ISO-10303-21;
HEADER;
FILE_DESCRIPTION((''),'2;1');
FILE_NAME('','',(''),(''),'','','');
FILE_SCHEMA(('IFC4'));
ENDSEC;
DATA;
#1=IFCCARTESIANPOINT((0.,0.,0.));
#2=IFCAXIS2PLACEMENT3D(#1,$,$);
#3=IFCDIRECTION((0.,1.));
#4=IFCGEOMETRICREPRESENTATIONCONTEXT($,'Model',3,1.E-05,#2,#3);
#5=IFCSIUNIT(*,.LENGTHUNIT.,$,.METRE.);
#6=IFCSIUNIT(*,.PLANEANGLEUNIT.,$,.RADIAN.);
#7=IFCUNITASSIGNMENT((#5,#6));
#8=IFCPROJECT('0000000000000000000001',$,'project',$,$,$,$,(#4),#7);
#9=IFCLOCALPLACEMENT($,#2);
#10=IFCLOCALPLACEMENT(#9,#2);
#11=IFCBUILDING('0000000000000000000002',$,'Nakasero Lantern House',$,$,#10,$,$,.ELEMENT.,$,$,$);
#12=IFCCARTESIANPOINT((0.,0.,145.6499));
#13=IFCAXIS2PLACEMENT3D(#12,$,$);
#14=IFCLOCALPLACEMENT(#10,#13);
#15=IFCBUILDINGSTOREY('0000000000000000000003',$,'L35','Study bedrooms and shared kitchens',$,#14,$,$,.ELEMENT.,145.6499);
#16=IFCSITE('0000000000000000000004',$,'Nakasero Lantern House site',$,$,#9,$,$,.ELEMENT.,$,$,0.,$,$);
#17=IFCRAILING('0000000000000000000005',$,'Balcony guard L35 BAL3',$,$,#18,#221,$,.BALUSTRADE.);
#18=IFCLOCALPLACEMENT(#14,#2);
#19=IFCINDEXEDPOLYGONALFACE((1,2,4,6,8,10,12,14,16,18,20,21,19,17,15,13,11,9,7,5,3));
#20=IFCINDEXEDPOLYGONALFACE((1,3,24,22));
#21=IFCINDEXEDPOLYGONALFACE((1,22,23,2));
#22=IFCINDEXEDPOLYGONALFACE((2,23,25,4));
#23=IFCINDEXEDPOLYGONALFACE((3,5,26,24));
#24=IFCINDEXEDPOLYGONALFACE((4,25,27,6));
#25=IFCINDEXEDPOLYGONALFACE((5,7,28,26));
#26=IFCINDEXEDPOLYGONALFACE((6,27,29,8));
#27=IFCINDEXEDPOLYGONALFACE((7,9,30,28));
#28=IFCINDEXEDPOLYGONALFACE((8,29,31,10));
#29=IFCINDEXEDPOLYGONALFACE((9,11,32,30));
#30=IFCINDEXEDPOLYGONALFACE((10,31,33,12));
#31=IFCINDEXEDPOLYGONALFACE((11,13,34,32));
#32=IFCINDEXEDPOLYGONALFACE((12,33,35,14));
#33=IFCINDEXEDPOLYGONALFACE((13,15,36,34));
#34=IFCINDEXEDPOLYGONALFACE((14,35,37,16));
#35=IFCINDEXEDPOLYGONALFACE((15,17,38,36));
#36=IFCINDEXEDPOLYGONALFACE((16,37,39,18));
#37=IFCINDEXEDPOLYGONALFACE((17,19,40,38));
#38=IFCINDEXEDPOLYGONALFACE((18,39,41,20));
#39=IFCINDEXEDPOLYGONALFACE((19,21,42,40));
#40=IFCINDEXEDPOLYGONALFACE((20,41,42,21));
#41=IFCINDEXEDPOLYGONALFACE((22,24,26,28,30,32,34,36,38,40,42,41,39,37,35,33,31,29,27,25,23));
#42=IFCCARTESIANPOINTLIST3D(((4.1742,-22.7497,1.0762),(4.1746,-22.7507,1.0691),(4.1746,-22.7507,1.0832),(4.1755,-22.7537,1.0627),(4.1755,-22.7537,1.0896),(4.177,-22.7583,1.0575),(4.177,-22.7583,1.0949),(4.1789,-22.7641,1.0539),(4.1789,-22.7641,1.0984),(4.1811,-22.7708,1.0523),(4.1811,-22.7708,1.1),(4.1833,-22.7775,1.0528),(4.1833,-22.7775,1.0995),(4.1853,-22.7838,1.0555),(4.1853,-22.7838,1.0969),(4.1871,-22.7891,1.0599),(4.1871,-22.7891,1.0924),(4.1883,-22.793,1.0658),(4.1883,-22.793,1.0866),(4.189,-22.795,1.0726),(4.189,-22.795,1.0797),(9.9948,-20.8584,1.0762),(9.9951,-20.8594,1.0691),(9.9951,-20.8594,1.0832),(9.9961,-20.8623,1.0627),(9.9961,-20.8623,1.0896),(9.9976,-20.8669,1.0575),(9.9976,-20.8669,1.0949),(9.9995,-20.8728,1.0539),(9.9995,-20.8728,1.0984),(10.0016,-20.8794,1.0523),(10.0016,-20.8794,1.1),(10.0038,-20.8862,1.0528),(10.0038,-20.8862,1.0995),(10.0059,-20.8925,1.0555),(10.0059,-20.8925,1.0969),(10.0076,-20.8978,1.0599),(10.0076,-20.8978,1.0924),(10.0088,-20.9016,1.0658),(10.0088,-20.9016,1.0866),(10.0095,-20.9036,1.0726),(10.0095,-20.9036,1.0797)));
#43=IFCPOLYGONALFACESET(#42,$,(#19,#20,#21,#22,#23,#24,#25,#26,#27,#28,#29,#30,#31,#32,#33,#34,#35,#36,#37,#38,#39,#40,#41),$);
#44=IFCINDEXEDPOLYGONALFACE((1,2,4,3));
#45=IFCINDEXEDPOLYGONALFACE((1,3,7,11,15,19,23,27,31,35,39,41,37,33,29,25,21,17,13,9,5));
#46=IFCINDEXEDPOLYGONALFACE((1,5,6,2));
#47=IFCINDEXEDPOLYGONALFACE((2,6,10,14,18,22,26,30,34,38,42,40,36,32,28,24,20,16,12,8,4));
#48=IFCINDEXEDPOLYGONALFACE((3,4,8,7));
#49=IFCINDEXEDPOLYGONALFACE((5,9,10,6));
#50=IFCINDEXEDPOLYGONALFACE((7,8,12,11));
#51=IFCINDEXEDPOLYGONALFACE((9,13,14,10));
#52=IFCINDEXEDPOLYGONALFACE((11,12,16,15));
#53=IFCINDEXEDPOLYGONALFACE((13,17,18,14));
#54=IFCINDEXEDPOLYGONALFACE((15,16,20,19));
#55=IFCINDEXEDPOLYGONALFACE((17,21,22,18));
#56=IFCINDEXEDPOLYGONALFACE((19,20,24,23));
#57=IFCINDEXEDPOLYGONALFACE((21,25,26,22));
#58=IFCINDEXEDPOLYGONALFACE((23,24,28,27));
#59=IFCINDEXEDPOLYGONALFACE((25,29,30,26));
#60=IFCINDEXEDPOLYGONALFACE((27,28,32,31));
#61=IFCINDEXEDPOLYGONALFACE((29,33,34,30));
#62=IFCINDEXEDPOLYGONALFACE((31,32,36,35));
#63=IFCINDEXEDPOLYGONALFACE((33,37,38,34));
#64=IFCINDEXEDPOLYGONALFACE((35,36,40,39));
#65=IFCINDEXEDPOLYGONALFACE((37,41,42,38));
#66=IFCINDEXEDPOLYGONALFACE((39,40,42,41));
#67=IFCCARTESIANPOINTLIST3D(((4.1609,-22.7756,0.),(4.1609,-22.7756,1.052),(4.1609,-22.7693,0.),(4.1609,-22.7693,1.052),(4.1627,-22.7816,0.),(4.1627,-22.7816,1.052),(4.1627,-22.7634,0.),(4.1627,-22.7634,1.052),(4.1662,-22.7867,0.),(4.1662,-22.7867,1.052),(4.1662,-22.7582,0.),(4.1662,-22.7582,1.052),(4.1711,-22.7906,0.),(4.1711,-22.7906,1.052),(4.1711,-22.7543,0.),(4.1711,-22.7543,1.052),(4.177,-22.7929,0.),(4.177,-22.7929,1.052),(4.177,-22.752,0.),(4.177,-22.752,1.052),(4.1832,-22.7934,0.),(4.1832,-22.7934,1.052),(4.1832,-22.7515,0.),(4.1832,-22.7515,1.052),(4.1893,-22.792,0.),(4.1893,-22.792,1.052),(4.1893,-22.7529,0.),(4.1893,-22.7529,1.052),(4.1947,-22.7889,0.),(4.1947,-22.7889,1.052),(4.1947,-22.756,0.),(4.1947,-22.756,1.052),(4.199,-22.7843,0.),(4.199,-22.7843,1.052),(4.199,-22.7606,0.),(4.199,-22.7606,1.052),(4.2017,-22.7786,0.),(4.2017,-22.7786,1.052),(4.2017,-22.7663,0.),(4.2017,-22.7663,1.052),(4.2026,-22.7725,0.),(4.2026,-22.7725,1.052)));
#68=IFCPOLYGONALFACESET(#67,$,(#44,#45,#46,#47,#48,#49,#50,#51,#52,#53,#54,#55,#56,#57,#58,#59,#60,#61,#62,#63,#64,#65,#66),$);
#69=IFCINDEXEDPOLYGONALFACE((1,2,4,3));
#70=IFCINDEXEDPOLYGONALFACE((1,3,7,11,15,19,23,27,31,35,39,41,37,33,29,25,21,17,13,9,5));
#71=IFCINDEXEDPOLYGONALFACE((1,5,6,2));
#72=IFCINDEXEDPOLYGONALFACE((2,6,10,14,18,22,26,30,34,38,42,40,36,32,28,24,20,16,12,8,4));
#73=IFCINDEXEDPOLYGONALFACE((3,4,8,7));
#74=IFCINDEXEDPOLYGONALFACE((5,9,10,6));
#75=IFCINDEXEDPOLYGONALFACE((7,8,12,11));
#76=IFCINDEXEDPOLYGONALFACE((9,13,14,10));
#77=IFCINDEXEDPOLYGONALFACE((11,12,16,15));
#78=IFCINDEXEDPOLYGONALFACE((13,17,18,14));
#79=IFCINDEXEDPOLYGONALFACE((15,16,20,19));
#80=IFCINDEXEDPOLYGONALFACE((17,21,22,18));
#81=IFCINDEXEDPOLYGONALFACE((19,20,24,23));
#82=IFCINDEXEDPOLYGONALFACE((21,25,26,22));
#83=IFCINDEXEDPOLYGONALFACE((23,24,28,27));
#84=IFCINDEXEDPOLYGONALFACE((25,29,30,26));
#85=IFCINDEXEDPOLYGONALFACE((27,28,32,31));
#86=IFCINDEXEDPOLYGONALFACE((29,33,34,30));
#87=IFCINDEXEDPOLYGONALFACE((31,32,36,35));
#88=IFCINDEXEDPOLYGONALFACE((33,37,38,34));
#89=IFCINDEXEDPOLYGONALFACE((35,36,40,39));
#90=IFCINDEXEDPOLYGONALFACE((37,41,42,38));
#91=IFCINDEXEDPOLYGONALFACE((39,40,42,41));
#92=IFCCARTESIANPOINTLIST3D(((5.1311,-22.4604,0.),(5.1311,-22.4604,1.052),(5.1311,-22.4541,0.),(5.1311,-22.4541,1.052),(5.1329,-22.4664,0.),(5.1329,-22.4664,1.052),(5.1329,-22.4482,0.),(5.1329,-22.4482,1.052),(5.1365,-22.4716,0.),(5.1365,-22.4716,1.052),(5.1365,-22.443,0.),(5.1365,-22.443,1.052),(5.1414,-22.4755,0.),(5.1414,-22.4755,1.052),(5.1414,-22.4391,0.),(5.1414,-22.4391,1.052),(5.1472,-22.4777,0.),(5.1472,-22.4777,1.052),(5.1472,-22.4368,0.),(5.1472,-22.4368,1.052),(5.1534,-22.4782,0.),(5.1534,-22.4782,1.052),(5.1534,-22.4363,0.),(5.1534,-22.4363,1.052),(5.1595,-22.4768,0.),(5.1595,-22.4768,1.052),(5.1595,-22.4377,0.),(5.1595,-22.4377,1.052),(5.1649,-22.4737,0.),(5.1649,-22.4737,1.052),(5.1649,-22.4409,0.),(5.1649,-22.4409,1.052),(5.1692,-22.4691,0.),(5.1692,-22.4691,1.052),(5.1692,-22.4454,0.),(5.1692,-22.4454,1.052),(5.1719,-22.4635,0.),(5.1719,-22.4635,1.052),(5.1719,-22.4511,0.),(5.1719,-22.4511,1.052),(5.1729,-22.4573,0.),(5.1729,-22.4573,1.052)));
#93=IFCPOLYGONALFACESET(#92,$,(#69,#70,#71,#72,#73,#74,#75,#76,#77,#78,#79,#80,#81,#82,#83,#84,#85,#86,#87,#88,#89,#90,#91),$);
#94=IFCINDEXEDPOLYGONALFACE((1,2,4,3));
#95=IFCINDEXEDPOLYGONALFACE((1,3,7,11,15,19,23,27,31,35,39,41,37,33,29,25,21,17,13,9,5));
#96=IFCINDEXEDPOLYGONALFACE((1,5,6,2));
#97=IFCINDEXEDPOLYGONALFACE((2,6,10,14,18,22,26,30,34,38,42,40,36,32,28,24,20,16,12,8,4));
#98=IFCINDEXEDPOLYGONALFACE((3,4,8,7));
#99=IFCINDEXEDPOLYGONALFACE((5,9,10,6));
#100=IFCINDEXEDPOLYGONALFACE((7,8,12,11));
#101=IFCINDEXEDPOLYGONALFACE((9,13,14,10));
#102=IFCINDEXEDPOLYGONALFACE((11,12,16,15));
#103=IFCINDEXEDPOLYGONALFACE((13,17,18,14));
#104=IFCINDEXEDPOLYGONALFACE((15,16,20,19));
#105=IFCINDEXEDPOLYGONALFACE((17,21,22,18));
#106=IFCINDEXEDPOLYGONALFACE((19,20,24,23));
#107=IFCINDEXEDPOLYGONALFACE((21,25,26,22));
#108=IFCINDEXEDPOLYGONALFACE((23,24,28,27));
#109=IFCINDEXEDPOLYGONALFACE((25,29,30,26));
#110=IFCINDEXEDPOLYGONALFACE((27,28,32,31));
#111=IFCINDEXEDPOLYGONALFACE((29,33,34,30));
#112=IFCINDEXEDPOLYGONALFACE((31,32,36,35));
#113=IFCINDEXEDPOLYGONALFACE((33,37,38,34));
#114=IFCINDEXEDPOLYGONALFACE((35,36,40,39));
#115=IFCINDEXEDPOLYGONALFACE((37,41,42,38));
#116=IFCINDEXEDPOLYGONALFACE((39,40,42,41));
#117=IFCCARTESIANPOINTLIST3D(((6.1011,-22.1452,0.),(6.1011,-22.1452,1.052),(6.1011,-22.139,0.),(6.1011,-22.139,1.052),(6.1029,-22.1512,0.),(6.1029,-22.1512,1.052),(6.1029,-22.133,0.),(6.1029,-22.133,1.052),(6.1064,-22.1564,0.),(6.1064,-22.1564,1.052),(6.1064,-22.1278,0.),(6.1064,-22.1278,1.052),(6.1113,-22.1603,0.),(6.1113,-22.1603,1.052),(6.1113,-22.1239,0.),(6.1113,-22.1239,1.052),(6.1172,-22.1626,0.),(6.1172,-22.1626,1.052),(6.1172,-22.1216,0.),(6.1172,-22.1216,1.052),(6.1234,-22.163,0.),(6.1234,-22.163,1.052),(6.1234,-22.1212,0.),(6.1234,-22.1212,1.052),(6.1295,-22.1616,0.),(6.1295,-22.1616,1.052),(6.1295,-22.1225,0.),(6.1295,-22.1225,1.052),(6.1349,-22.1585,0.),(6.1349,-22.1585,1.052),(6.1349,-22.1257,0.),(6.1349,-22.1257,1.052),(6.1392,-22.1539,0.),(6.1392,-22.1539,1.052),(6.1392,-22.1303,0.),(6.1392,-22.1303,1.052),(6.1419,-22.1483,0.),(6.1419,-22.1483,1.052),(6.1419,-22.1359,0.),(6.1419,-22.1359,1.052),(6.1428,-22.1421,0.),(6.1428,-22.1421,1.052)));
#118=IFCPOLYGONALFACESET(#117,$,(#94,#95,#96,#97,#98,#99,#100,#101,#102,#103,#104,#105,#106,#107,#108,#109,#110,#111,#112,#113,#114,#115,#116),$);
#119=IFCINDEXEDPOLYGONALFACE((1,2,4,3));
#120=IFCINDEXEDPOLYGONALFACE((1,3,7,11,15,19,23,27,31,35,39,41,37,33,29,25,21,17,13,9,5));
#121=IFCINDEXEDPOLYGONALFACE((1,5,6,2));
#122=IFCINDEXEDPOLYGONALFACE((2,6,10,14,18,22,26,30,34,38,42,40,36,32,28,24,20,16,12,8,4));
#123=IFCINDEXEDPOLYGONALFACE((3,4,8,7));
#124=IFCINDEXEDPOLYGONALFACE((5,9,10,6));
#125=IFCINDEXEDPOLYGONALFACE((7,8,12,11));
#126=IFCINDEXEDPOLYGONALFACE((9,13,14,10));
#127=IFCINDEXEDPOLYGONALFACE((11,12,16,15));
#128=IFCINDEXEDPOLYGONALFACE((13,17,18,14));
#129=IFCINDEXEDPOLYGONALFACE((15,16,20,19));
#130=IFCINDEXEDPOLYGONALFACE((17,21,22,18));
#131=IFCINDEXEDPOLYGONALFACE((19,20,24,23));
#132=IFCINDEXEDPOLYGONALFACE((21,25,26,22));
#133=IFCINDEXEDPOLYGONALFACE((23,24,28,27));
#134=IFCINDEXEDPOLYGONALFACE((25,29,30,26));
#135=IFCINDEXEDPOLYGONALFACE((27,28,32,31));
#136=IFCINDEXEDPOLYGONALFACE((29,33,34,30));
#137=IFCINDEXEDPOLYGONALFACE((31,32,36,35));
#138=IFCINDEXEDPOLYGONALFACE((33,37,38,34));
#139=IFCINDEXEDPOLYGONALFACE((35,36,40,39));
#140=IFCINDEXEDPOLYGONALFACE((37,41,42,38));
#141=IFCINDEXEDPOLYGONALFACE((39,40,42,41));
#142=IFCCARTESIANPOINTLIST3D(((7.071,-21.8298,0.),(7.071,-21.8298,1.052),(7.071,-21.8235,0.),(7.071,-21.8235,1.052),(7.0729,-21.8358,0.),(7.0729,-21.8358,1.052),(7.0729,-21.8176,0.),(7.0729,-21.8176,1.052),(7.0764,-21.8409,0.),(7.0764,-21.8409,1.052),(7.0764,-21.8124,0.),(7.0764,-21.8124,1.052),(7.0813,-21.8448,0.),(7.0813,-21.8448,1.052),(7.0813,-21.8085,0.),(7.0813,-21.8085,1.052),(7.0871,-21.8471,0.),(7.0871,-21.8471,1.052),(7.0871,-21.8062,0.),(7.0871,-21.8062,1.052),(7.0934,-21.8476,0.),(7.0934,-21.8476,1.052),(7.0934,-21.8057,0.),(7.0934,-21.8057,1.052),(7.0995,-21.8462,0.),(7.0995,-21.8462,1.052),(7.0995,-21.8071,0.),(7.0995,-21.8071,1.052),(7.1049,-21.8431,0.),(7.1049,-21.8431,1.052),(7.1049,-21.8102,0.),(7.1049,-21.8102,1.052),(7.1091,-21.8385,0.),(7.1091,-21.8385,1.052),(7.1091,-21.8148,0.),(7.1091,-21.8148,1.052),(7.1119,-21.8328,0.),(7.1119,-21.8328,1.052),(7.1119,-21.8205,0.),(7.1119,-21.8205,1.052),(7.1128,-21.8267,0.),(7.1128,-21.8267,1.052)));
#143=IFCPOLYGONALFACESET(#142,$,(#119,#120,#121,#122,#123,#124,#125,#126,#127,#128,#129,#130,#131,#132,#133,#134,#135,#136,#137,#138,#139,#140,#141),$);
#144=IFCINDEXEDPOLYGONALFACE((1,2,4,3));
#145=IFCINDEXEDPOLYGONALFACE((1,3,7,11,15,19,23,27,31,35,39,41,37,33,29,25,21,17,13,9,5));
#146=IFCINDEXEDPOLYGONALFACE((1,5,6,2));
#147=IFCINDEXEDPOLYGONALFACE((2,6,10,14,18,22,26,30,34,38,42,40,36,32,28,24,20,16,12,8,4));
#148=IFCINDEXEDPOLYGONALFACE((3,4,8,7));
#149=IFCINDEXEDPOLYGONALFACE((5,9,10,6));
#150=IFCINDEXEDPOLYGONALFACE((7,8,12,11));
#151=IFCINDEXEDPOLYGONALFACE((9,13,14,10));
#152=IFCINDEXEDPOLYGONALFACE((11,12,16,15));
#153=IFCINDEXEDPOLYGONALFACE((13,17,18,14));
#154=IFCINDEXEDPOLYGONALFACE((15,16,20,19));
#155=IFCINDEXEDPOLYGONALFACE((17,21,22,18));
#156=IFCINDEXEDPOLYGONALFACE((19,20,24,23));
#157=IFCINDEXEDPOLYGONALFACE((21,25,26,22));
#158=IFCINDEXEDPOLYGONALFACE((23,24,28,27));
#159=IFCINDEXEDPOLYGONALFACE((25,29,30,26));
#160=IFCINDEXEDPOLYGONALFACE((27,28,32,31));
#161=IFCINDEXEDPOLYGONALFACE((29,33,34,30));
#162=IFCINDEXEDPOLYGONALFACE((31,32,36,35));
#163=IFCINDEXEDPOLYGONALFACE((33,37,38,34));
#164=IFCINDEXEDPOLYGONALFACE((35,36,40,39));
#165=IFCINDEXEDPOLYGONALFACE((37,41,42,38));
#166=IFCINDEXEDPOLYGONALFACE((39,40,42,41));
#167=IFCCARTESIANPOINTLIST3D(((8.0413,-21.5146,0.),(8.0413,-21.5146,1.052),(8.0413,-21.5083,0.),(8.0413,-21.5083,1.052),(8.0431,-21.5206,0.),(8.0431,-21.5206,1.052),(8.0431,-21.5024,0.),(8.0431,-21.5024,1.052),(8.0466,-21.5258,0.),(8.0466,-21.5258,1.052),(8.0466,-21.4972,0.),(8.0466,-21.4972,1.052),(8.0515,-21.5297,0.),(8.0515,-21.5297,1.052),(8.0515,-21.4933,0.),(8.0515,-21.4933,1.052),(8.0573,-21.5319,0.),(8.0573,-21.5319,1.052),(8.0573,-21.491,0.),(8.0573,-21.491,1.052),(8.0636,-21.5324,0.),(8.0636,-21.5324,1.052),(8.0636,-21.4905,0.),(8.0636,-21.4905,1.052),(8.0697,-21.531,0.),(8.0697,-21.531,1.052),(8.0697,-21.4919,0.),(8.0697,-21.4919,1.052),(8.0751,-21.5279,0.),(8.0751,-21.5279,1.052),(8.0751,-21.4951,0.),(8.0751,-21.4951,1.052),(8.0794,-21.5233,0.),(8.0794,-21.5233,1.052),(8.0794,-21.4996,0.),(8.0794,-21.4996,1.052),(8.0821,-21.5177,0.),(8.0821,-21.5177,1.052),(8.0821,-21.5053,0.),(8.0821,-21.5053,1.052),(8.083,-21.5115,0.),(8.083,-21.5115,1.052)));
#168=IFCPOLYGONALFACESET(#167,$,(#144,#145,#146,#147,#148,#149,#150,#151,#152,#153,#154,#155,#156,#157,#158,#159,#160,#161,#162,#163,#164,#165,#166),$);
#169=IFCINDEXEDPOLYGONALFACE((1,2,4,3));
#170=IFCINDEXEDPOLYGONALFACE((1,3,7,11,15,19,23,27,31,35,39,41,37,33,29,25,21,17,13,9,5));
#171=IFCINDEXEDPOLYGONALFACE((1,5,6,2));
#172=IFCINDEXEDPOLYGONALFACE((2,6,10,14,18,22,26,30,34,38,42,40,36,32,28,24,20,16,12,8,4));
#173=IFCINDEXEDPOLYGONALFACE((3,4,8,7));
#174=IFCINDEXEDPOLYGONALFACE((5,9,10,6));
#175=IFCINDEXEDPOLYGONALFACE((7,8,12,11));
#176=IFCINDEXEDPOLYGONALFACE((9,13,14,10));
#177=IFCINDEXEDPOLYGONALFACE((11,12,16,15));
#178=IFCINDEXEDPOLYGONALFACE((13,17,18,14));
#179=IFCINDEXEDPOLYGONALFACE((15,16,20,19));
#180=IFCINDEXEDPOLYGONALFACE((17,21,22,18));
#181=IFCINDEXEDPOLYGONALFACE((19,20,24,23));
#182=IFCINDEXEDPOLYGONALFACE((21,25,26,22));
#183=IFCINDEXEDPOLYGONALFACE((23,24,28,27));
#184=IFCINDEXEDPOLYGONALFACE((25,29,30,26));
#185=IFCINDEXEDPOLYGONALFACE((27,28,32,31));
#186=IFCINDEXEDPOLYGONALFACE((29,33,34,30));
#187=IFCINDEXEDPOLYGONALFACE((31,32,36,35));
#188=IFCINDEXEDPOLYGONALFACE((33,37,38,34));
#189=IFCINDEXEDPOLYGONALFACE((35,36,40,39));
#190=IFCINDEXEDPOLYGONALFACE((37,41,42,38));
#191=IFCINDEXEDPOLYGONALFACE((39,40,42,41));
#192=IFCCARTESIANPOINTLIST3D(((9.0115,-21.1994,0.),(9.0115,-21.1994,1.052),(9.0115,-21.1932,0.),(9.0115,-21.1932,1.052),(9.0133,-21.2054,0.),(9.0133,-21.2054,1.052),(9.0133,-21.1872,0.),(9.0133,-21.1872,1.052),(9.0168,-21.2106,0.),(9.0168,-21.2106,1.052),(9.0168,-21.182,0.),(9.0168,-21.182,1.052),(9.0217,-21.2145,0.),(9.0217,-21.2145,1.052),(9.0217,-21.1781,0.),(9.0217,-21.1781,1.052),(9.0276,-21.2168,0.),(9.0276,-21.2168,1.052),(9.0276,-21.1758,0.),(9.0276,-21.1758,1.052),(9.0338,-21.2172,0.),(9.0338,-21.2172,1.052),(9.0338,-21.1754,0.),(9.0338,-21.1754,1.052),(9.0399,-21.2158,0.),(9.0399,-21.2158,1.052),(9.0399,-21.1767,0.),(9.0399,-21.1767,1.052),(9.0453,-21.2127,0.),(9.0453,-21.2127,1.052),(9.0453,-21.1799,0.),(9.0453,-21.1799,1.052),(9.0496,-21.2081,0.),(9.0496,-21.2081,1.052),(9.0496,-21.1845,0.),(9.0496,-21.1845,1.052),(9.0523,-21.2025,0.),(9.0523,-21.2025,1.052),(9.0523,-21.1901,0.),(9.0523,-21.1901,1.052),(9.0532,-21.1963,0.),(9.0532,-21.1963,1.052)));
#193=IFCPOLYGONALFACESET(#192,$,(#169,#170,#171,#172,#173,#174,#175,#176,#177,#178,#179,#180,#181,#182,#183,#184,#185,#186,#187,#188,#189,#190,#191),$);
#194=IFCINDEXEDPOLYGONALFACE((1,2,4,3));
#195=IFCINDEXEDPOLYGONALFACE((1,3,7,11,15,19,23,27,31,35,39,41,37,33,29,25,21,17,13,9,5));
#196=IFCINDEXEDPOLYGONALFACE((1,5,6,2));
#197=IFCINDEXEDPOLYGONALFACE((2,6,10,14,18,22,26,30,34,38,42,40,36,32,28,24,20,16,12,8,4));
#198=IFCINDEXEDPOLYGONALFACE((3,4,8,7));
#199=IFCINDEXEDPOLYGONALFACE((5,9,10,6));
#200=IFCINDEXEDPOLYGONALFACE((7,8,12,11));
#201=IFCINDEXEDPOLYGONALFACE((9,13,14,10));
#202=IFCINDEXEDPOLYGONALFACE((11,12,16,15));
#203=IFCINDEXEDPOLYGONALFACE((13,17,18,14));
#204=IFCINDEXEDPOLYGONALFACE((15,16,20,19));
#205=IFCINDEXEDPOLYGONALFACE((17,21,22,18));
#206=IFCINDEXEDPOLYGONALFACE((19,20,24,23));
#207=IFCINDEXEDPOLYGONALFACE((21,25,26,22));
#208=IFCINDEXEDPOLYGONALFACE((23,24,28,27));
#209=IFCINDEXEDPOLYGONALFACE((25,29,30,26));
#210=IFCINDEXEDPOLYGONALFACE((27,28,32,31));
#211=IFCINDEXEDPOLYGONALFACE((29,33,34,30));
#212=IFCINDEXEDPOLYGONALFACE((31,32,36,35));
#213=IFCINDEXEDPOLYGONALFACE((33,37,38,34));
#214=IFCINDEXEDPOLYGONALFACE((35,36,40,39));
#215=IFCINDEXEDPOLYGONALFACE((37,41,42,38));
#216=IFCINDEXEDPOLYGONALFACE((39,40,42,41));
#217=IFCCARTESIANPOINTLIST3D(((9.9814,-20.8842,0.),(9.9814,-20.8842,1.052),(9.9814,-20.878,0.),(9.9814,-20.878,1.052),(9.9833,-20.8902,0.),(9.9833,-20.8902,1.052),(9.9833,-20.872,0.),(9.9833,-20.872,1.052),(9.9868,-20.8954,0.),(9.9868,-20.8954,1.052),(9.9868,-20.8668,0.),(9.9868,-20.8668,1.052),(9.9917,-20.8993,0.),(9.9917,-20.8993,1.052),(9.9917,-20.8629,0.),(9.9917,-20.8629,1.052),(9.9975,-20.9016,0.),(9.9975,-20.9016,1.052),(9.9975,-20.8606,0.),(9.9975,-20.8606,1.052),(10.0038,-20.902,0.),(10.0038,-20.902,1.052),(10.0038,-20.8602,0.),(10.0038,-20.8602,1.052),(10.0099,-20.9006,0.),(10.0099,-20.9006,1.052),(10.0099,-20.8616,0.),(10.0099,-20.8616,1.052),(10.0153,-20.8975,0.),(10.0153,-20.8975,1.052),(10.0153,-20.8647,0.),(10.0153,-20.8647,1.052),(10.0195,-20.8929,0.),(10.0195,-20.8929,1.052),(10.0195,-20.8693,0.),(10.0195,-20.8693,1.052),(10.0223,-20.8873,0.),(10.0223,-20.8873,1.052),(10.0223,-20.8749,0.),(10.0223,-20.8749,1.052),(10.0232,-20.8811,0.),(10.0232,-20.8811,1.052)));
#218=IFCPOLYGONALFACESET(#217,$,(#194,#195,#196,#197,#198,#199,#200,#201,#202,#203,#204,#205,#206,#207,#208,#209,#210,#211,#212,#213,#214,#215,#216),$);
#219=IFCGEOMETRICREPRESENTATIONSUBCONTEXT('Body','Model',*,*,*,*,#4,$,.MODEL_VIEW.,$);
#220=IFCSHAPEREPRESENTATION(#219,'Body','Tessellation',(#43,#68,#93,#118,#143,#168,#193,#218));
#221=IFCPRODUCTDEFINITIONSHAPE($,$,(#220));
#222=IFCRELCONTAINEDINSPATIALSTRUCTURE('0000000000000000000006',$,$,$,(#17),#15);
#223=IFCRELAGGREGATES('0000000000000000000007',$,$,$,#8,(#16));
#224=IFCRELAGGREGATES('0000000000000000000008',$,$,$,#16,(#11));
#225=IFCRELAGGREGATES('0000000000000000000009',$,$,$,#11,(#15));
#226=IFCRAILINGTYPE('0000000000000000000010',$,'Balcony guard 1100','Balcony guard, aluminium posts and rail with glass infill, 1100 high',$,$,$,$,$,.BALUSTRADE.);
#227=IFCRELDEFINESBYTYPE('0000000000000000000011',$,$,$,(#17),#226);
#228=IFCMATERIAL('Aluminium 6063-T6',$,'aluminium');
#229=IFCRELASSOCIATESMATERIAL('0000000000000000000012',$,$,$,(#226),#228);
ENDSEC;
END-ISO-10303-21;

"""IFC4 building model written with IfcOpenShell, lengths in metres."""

from ifc_helpers import new_model, si_unit, direction, frame, origin, origin_2d, place, context, subcontext, project, spatial, circle, extrude, material, type_object, element, save


model = new_model("IFC4")

# Units and contexts
model_context = context("Model", 3, precision=1e-05, world=origin(), true_north=direction((0.0, 1.0)))
body_context = subcontext(model_context, "Body", "Model", "MODEL_VIEW")
ifc_project = project(units=[si_unit("LENGTHUNIT", "METRE"), si_unit("PLANEANGLEUNIT", "RADIAN")], contexts=[model_context])

# Site, building, storey
site_placement = place(None, origin())
site = spatial("IfcSite", under=ifc_project, at=site_placement, Name="Nakasero Lantern House site", CompositionType="ELEMENT", RefElevation=0.0)
building_placement = place(site_placement, origin())
building = spatial("IfcBuilding", under=site, at=building_placement, Name="Nakasero Lantern House", CompositionType="ELEMENT")
storey_placement = place(building_placement, frame((0.0, 0.0, 145.6499)))
storey = spatial("IfcBuildingStorey", under=building, at=storey_placement, Name="L35", Description="Study bedrooms and shared kitchens", CompositionType="ELEMENT", Elevation=145.6499)

# Railing
ifc_material_1 = material(Name="Aluminium 6063-T6", Category="aluminium")
railing_type = type_object("IfcRailingType", Name="Balcony guard 1100", Description="Balcony guard, aluminium posts and rail with glass infill, 1100 high", PredefinedType="BALUSTRADE", material=ifc_material_1)
railing_placement = place(storey_placement, frame((4.1816, -22.7725, 0.0)))
element("IfcRailing", 1, at=railing_placement, inside=storey, type_object=railing_type, Name="Balcony guard L35 BAL3", PredefinedType="BALUSTRADE", context=body_context, shape_type="SweptSolid", body=[
    extrude(circle(Radius=0.0239, at=origin_2d()), frame((0.0, 0.0, 1.0762), z_axis=(0.95105, 0.309038, 0.0), x_axis=(-0.309038, 0.95105, 0.0)), (0.0, 0.0, 1.0), 6.1201),
    extrude(circle(Radius=0.021, at=origin_2d()), origin(), (0.0, 0.0, 1.0), 1.052),
    extrude(circle(Radius=0.021, at=origin_2d()), frame((0.9702, 0.3152, 0.0)), (0.0, 0.0, 1.0), 1.052),
    extrude(circle(Radius=0.021, at=origin_2d()), frame((1.9402, 0.6304, 0.0)), (0.0, 0.0, 1.0), 1.052),
    extrude(circle(Radius=0.021, at=origin_2d()), frame((2.9102, 0.9458, 0.0)), (0.0, 0.0, 1.0), 1.052),
    extrude(circle(Radius=0.021, at=origin_2d()), frame((3.8804, 1.261, 0.0)), (0.0, 0.0, 1.0), 1.052),
    extrude(circle(Radius=0.021, at=origin_2d()), frame((4.8506, 1.5762, 0.0)), (0.0, 0.0, 1.0), 1.052),
    extrude(circle(Radius=0.021, at=origin_2d()), frame((5.8206, 1.8914, 0.0)), (0.0, 0.0, 1.0), 1.052),
])

save(model, "model.ifc")
